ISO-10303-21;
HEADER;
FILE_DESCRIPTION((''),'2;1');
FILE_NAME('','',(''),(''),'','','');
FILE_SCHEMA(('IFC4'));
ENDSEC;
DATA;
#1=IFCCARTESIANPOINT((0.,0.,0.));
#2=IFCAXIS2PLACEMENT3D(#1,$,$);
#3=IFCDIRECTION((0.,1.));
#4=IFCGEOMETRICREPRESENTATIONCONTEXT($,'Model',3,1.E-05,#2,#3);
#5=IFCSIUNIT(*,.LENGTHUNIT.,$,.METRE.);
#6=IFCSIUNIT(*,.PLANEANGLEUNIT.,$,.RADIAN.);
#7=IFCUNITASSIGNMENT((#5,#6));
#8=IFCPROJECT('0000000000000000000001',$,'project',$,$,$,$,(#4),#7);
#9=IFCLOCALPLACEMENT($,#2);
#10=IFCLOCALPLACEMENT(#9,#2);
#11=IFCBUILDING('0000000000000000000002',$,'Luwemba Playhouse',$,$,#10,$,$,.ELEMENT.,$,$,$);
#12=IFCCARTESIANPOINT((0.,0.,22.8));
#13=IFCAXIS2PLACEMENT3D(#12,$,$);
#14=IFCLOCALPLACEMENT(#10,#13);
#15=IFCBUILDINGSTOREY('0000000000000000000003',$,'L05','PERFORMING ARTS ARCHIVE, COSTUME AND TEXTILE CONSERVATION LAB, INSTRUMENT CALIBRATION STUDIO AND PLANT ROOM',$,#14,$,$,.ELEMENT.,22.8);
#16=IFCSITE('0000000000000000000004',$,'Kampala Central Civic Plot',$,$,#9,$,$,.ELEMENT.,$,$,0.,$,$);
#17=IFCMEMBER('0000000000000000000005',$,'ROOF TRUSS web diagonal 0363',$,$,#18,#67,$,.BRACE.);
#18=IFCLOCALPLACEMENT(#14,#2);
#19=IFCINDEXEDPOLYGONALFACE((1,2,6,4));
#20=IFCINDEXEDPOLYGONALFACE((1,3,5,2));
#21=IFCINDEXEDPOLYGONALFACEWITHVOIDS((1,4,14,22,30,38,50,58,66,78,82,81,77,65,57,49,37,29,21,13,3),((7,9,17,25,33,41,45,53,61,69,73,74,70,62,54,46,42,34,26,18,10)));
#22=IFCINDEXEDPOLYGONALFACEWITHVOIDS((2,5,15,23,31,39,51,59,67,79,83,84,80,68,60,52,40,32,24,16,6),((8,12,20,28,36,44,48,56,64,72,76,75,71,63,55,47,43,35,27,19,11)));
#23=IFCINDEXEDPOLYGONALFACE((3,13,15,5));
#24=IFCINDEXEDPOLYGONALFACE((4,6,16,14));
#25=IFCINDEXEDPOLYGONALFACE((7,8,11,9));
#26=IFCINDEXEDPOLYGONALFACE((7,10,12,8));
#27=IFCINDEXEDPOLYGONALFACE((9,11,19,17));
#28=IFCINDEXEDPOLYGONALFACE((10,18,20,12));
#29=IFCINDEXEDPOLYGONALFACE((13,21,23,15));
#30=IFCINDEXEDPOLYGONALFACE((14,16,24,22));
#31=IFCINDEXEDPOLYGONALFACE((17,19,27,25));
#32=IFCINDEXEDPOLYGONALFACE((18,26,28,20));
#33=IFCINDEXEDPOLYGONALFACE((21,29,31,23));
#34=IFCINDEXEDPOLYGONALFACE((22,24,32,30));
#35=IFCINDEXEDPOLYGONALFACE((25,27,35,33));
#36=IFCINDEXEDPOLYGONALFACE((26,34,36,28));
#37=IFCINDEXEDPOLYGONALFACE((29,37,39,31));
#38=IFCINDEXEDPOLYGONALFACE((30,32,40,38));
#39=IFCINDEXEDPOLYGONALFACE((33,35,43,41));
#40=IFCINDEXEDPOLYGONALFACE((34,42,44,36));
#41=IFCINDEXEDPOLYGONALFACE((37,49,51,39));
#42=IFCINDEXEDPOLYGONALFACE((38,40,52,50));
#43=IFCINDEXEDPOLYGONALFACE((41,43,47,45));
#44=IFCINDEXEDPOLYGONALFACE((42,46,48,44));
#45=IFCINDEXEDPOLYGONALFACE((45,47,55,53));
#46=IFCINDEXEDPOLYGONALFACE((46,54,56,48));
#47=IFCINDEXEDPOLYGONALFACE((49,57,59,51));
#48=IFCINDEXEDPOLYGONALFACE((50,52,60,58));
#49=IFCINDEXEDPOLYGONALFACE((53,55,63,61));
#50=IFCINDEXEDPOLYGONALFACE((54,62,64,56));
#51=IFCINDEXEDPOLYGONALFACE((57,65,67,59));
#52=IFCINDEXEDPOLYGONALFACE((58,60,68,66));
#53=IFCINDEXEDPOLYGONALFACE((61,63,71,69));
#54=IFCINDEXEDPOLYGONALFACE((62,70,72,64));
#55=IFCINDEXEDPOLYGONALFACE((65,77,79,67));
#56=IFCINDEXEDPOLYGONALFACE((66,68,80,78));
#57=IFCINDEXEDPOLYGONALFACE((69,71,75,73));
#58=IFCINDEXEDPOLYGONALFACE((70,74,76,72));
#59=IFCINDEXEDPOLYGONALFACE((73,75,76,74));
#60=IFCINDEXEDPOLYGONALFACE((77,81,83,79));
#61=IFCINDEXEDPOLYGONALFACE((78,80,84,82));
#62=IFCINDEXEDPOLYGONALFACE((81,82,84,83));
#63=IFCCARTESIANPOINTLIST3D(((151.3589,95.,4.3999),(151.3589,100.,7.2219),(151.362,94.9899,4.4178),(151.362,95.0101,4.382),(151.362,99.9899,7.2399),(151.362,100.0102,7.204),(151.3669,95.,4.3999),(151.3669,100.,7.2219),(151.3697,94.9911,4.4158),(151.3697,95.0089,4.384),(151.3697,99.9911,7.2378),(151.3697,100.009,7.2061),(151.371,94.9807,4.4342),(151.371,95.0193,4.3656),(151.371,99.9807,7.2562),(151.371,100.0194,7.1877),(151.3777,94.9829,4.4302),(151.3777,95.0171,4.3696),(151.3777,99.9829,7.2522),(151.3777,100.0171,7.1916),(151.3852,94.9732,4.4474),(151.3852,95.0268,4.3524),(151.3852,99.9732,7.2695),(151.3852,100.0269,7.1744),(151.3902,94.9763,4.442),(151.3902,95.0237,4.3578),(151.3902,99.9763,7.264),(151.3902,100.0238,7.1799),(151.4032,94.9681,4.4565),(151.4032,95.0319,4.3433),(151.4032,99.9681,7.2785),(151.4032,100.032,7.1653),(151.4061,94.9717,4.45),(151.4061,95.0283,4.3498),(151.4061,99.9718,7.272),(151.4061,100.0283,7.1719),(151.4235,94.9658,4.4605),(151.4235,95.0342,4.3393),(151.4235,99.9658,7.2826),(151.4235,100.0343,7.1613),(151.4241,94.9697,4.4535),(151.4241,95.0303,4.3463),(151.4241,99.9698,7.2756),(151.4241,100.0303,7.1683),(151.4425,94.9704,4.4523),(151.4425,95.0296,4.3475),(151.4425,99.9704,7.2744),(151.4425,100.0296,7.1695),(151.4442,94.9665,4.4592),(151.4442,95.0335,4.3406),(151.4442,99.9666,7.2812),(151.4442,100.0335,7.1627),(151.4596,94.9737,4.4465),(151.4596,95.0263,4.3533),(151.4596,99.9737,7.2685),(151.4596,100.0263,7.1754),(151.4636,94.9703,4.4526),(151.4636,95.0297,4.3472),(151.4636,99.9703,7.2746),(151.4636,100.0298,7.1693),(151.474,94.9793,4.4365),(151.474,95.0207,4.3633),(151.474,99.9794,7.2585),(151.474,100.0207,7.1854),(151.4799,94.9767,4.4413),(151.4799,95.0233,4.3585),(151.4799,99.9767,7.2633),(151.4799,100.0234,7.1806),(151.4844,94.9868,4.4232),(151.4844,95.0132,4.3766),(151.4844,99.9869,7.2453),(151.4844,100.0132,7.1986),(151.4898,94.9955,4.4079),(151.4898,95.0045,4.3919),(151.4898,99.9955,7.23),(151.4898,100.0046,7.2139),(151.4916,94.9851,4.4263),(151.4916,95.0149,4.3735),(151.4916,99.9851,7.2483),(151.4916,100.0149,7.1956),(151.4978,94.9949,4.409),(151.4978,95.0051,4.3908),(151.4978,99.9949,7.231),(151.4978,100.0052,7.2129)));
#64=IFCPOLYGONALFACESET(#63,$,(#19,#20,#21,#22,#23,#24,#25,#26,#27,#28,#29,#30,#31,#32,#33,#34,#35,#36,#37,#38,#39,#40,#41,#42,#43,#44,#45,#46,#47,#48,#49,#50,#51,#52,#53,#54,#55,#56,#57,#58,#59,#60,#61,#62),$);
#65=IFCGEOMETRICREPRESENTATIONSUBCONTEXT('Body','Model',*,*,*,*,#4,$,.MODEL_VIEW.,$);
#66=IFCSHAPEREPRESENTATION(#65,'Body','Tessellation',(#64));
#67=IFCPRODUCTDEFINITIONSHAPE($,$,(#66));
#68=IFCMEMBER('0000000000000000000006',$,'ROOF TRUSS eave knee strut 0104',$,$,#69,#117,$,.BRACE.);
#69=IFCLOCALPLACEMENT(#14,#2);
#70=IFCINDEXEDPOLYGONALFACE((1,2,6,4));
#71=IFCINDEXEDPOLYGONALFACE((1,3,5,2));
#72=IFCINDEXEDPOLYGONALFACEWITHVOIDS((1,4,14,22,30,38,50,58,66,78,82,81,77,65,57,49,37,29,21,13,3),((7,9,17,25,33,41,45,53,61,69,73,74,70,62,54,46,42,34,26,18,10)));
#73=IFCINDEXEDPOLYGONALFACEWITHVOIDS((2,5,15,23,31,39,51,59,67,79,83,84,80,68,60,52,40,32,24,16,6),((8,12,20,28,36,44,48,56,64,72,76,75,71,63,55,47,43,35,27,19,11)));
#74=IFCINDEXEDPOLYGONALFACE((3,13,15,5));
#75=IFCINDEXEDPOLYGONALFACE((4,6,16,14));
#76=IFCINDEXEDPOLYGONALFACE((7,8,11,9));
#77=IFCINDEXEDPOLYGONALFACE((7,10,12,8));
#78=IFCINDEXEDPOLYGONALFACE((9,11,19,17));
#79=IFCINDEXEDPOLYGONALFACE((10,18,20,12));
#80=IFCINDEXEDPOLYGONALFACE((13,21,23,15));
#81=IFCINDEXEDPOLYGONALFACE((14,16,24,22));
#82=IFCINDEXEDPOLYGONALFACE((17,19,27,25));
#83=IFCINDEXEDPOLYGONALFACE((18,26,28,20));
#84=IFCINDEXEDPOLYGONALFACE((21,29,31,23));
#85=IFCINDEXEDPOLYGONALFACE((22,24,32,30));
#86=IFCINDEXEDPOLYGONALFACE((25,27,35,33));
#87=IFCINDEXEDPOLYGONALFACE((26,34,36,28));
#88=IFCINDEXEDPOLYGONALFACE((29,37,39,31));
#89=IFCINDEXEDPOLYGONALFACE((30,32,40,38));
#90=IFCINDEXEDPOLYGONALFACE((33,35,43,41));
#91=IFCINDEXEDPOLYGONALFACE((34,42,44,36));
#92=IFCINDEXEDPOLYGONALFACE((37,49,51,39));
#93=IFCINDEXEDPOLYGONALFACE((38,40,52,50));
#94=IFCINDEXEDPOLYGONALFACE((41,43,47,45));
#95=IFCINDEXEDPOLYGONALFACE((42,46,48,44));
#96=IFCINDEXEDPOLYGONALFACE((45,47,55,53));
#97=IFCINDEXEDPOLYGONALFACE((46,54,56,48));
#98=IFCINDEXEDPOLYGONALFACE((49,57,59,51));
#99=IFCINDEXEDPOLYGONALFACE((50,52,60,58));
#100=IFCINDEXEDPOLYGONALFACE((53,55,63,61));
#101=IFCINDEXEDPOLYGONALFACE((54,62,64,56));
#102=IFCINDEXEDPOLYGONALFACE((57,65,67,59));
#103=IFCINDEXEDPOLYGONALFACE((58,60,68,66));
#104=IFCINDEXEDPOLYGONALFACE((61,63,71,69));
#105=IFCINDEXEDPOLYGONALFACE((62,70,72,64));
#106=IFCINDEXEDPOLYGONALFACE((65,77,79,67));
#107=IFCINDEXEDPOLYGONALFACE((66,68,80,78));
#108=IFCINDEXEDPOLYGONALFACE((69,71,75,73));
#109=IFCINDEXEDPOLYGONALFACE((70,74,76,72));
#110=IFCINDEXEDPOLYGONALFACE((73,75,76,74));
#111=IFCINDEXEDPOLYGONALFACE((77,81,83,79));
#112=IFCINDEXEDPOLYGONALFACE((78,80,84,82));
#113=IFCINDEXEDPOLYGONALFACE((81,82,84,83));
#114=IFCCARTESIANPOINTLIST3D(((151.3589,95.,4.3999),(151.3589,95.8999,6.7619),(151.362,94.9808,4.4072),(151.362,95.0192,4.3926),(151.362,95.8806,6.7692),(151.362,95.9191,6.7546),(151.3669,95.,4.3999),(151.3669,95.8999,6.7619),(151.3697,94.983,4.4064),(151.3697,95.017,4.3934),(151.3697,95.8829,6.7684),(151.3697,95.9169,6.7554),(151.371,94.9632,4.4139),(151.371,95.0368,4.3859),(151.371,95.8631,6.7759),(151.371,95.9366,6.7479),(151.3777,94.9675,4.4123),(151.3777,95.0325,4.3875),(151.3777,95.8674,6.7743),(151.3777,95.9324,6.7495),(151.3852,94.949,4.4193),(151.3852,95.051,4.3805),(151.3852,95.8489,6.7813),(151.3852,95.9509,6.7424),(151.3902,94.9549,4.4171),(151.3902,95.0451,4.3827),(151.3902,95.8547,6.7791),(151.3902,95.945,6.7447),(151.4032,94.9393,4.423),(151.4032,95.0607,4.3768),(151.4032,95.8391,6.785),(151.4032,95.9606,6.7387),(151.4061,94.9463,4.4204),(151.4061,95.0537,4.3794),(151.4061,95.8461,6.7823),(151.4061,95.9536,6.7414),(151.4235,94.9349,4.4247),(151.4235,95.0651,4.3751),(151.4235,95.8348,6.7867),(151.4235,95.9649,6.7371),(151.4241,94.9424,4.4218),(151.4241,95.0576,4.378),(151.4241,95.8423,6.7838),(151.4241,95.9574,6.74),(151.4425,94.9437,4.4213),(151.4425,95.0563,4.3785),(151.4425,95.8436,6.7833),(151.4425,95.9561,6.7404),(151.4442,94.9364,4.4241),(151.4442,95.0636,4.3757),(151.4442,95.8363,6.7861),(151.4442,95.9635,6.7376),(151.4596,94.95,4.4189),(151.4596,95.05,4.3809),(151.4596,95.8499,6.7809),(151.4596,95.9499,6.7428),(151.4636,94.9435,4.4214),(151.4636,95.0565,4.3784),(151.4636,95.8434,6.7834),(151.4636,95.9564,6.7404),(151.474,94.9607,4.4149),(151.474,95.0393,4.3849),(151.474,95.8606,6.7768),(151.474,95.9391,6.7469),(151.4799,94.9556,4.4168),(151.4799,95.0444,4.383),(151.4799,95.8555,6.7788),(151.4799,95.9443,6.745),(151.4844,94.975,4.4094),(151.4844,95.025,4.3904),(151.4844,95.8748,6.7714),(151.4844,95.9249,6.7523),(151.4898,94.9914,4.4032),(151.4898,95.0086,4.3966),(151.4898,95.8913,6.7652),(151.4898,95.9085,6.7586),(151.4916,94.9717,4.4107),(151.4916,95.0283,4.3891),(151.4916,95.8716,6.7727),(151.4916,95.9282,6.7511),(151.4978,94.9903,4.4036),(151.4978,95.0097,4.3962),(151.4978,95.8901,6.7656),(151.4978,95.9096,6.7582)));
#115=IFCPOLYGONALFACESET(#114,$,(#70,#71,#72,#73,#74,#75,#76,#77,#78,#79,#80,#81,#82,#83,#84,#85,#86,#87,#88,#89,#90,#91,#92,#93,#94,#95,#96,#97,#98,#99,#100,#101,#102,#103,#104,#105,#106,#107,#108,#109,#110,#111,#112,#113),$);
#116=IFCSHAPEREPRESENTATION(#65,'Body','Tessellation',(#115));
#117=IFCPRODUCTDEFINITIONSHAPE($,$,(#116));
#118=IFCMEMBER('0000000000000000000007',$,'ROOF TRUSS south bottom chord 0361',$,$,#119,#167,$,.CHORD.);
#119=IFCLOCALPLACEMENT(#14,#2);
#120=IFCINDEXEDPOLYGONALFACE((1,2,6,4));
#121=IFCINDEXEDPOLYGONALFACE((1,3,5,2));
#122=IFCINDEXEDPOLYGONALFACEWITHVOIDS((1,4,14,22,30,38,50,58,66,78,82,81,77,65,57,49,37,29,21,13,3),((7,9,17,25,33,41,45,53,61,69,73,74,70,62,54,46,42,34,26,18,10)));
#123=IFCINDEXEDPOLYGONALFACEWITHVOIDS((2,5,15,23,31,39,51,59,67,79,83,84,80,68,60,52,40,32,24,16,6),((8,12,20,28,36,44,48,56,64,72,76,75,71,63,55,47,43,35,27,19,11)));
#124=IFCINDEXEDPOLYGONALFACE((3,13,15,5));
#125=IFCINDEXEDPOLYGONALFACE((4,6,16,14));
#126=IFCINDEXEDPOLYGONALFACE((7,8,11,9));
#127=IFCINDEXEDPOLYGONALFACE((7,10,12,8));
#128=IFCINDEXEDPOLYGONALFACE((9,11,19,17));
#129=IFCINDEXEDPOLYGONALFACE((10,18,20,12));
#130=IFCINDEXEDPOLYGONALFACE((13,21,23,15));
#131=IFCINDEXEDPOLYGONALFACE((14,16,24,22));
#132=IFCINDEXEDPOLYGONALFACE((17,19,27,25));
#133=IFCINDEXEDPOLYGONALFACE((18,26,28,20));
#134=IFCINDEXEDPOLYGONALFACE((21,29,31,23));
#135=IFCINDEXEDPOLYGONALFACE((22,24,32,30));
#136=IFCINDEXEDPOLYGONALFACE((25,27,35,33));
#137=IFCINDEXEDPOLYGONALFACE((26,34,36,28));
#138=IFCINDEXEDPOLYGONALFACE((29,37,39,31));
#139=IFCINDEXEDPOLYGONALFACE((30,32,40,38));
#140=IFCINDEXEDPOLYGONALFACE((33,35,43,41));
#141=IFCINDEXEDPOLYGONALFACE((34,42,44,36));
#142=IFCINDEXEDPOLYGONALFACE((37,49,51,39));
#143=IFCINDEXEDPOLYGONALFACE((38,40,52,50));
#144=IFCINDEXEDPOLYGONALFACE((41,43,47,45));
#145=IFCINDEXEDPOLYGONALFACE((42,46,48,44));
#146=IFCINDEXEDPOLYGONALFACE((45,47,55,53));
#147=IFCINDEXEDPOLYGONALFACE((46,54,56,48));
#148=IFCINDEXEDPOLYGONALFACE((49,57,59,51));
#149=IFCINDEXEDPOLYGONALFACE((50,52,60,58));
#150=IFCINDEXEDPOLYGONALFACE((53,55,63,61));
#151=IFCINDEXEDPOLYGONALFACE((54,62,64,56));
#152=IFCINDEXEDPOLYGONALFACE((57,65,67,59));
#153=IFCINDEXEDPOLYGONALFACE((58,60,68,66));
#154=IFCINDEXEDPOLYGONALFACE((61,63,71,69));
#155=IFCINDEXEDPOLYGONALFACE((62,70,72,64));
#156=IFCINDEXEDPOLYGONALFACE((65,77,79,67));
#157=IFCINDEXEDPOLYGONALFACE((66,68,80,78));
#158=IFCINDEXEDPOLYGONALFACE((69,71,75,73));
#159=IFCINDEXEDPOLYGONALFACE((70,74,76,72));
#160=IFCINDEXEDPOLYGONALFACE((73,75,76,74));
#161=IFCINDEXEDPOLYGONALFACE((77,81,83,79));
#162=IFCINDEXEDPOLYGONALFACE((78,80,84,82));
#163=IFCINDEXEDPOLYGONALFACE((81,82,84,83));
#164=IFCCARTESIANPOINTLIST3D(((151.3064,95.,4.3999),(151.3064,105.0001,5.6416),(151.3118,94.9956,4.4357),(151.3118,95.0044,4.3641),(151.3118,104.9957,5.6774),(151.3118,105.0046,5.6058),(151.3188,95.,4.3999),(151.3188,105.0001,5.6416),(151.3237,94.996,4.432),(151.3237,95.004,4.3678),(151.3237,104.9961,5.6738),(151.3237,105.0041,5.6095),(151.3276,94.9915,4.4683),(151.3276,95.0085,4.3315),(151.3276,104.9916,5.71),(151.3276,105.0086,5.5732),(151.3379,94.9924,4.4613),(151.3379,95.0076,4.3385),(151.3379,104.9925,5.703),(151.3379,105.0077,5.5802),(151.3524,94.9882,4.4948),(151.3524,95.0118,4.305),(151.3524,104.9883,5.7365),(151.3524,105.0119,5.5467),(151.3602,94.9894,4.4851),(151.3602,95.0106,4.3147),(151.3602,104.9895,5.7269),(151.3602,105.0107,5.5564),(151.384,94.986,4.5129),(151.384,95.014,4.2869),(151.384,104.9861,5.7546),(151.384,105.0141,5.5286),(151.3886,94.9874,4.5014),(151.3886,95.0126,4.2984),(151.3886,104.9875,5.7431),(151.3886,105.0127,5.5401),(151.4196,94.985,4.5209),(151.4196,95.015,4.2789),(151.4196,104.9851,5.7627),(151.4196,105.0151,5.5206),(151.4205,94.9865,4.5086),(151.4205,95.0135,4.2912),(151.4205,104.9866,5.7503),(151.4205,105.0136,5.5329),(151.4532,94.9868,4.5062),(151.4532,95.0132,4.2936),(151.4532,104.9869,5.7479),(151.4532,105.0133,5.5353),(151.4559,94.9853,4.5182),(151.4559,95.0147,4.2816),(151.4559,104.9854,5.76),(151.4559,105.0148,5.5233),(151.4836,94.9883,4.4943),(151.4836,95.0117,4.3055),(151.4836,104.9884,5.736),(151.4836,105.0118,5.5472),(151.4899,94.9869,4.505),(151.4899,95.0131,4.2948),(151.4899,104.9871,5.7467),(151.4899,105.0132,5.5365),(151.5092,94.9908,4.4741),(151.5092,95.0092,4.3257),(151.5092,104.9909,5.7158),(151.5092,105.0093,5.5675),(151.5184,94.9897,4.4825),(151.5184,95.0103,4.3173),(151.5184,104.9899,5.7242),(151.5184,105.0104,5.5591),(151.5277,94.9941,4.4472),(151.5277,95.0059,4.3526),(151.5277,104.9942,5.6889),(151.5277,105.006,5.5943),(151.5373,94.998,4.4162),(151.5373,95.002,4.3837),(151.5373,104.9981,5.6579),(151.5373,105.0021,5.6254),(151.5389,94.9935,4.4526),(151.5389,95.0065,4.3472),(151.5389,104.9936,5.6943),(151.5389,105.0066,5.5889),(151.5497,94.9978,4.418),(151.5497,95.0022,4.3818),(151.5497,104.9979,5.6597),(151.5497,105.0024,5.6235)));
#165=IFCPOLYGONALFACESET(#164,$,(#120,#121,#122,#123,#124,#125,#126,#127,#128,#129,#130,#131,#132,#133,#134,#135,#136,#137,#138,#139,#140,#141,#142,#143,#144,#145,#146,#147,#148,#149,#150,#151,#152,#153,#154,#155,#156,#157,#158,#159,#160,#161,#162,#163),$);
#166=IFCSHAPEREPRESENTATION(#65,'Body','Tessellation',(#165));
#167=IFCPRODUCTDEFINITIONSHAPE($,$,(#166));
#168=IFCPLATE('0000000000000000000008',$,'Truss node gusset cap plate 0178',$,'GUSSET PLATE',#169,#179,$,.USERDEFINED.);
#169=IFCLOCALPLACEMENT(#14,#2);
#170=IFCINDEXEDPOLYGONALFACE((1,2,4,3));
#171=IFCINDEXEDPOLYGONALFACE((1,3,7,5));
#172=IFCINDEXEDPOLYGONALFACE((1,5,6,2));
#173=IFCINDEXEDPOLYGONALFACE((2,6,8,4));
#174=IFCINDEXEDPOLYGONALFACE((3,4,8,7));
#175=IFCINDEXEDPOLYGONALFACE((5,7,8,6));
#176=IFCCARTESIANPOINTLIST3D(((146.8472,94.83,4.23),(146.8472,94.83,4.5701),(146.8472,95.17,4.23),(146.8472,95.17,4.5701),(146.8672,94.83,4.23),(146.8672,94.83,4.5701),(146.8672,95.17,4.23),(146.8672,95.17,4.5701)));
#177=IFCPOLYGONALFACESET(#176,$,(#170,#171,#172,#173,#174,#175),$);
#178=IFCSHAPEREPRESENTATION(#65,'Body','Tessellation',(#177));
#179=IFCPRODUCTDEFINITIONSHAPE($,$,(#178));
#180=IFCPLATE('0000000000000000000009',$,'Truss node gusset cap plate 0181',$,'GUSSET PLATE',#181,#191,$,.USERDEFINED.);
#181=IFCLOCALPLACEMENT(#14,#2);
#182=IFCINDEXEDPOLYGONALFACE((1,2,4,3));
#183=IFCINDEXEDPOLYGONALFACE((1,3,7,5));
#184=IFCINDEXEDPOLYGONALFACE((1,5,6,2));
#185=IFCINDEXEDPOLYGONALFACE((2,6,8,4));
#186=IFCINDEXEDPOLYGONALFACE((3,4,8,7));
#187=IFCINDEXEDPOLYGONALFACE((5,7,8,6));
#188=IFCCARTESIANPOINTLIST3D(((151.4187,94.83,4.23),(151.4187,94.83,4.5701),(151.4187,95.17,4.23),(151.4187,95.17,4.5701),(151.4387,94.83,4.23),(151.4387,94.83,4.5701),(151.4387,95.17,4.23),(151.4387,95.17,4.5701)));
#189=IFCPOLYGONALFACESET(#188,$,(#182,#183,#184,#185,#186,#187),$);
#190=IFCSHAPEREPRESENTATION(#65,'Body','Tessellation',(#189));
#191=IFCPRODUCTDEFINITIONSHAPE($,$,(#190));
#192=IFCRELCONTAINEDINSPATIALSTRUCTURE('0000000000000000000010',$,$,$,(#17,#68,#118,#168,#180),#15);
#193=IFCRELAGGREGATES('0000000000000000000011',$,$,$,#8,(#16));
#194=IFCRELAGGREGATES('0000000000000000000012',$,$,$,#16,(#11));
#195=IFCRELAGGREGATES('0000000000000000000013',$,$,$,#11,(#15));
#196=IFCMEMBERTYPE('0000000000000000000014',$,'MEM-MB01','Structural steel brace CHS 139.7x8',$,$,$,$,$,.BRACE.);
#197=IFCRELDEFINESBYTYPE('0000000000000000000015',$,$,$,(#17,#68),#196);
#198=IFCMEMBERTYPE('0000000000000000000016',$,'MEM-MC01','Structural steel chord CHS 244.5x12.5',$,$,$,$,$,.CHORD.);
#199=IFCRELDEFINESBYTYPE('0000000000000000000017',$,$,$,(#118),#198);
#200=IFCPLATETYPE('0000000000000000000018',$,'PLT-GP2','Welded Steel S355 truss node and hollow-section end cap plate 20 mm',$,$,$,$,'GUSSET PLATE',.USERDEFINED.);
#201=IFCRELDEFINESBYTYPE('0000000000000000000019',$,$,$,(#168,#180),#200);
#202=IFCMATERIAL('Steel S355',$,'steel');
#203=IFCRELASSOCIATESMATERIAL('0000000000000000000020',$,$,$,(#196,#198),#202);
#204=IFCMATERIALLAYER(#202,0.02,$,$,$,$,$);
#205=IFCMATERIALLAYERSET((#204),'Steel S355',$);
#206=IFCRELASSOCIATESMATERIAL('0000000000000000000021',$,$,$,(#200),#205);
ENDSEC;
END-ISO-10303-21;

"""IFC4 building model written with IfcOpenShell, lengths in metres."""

from ifc_helpers import new_model, si_unit, direction, frame, origin, origin_2d, place, context, subcontext, project, spatial, rectangle, hollow_circle, extrude, material, layer, layer_set, material_profile, profile_set, type_object, element, save


model = new_model("IFC4")

# Units and contexts
model_context = context("Model", 3, precision=1e-05, world=origin(), true_north=direction((0.0, 1.0)))
body_context = subcontext(model_context, "Body", "Model", "MODEL_VIEW")
ifc_project = project(units=[si_unit("LENGTHUNIT", "METRE"), si_unit("PLANEANGLEUNIT", "RADIAN")], contexts=[model_context])

# Site, building, storey
site_placement = place(None, origin())
site = spatial("IfcSite", under=ifc_project, at=site_placement, Name="Kampala Central Civic Plot", CompositionType="ELEMENT", RefElevation=0.0)
building_placement = place(site_placement, origin())
building = spatial("IfcBuilding", under=site, at=building_placement, Name="Luwemba Playhouse", CompositionType="ELEMENT")
storey_placement = place(building_placement, frame((0.0, 0.0, 22.8)))
storey = spatial("IfcBuildingStorey", under=building, at=storey_placement, Name="L05", Description="PERFORMING ARTS ARCHIVE, COSTUME AND TEXTILE CONSERVATION LAB, INSTRUMENT CALIBRATION STUDIO AND PLANT ROOM", CompositionType="ELEMENT", Elevation=22.8)

# Shared definitions
ifc_material_1 = material(Name="Steel S355", Category="steel")

# Members
ifc_material_profile_1 = material_profile(ifc_material_1, hollow_circle(Radius=0.0698, WallThickness=0.0081, at=origin_2d()))
ifc_profile_set_1 = profile_set([ifc_material_profile_1], Name="Steel S355")
member_type_1 = type_object("IfcMemberType", Name="MEM-MB01", Description="Structural steel brace CHS 139.7x8", PredefinedType="BRACE", material=ifc_profile_set_1)
member_1_placement = place(storey_placement, frame((151.4287, 95.0, 4.3999), z_axis=(0.0, 0.870866, 0.491521), x_axis=(-1.0, 0.0, 0.0)))
element("IfcMember", 1, at=member_1_placement, inside=storey, type_object=member_type_1, Name="ROOF TRUSS web diagonal 0363", PredefinedType="BRACE", context=body_context, shape_type="SweptSolid", body=[
    extrude(hollow_circle(Radius=0.0698, WallThickness=0.0081, at=origin_2d()), origin(), (0.0, 0.0, 1.0), 5.7415),
])
member_2_placement = place(storey_placement, frame((151.4287, 95.0, 4.3999), z_axis=(0.0, 0.356019, 0.934479), x_axis=(-1.0, 0.0, 0.0)))
element("IfcMember", 2, at=member_2_placement, inside=storey, type_object=member_type_1, Name="ROOF TRUSS eave knee strut 0104", PredefinedType="BRACE", context=body_context, shape_type="SweptSolid", body=[
    extrude(hollow_circle(Radius=0.0698, WallThickness=0.0081, at=origin_2d()), origin(), (0.0, 0.0, 1.0), 2.5276),
])
ifc_material_profile_2 = material_profile(ifc_material_1, hollow_circle(Radius=0.1223, WallThickness=0.0125, at=origin_2d()))
ifc_profile_set_2 = profile_set([ifc_material_profile_2], Name="Steel S355")
member_type_2 = type_object("IfcMemberType", Name="MEM-MC01", Description="Structural steel chord CHS 244.5x12.5", PredefinedType="CHORD", material=ifc_profile_set_2)
member_3_placement = place(storey_placement, frame((151.4287, 95.0, 4.3999), z_axis=(0.0, 0.992379, 0.123224), x_axis=(-1.0, 0.0, 0.0)))
element("IfcMember", 3, at=member_3_placement, inside=storey, type_object=member_type_2, Name="ROOF TRUSS south bottom chord 0361", PredefinedType="CHORD", context=body_context, shape_type="SweptSolid", body=[
    extrude(hollow_circle(Radius=0.1223, WallThickness=0.0125, at=origin_2d()), origin(), (0.0, 0.0, 1.0), 10.0769),
])

# Plates
ifc_layer_1 = layer(ifc_material_1, 0.02)
ifc_layer_set_1 = layer_set([ifc_layer_1], Name="Steel S355")
plate_type = type_object("IfcPlateType", Name="PLT-GP2", Description="Welded Steel S355 truss node and hollow-section end cap plate 20 mm", ElementType="GUSSET PLATE", PredefinedType="USERDEFINED", material=ifc_layer_set_1)
for number, where, z_axis, x_axis, name in (
    (4, (146.8572, 95.0, 4.23), (0.0, 0.0, 1.0), (1.0, 0.0, 0.0), "Truss node gusset cap plate 0178"),
    (5, (151.4287, 95.0, 4.23), (0.0, 0.0, 1.0), (1.0, 0.0, 0.0), "Truss node gusset cap plate 0181"),
):
    element("IfcPlate", number, at=place(storey_placement, frame(where, z_axis=z_axis, x_axis=x_axis)), inside=storey, type_object=plate_type, Name=name, ObjectType="GUSSET PLATE", PredefinedType="USERDEFINED", context=body_context, shape_type="SweptSolid", body=[
        extrude(rectangle(XDim=0.02, YDim=0.3401, at=origin_2d()), origin(), (0.0, 0.0, 1.0), 0.3401),
    ])

save(model, "model.ifc")
